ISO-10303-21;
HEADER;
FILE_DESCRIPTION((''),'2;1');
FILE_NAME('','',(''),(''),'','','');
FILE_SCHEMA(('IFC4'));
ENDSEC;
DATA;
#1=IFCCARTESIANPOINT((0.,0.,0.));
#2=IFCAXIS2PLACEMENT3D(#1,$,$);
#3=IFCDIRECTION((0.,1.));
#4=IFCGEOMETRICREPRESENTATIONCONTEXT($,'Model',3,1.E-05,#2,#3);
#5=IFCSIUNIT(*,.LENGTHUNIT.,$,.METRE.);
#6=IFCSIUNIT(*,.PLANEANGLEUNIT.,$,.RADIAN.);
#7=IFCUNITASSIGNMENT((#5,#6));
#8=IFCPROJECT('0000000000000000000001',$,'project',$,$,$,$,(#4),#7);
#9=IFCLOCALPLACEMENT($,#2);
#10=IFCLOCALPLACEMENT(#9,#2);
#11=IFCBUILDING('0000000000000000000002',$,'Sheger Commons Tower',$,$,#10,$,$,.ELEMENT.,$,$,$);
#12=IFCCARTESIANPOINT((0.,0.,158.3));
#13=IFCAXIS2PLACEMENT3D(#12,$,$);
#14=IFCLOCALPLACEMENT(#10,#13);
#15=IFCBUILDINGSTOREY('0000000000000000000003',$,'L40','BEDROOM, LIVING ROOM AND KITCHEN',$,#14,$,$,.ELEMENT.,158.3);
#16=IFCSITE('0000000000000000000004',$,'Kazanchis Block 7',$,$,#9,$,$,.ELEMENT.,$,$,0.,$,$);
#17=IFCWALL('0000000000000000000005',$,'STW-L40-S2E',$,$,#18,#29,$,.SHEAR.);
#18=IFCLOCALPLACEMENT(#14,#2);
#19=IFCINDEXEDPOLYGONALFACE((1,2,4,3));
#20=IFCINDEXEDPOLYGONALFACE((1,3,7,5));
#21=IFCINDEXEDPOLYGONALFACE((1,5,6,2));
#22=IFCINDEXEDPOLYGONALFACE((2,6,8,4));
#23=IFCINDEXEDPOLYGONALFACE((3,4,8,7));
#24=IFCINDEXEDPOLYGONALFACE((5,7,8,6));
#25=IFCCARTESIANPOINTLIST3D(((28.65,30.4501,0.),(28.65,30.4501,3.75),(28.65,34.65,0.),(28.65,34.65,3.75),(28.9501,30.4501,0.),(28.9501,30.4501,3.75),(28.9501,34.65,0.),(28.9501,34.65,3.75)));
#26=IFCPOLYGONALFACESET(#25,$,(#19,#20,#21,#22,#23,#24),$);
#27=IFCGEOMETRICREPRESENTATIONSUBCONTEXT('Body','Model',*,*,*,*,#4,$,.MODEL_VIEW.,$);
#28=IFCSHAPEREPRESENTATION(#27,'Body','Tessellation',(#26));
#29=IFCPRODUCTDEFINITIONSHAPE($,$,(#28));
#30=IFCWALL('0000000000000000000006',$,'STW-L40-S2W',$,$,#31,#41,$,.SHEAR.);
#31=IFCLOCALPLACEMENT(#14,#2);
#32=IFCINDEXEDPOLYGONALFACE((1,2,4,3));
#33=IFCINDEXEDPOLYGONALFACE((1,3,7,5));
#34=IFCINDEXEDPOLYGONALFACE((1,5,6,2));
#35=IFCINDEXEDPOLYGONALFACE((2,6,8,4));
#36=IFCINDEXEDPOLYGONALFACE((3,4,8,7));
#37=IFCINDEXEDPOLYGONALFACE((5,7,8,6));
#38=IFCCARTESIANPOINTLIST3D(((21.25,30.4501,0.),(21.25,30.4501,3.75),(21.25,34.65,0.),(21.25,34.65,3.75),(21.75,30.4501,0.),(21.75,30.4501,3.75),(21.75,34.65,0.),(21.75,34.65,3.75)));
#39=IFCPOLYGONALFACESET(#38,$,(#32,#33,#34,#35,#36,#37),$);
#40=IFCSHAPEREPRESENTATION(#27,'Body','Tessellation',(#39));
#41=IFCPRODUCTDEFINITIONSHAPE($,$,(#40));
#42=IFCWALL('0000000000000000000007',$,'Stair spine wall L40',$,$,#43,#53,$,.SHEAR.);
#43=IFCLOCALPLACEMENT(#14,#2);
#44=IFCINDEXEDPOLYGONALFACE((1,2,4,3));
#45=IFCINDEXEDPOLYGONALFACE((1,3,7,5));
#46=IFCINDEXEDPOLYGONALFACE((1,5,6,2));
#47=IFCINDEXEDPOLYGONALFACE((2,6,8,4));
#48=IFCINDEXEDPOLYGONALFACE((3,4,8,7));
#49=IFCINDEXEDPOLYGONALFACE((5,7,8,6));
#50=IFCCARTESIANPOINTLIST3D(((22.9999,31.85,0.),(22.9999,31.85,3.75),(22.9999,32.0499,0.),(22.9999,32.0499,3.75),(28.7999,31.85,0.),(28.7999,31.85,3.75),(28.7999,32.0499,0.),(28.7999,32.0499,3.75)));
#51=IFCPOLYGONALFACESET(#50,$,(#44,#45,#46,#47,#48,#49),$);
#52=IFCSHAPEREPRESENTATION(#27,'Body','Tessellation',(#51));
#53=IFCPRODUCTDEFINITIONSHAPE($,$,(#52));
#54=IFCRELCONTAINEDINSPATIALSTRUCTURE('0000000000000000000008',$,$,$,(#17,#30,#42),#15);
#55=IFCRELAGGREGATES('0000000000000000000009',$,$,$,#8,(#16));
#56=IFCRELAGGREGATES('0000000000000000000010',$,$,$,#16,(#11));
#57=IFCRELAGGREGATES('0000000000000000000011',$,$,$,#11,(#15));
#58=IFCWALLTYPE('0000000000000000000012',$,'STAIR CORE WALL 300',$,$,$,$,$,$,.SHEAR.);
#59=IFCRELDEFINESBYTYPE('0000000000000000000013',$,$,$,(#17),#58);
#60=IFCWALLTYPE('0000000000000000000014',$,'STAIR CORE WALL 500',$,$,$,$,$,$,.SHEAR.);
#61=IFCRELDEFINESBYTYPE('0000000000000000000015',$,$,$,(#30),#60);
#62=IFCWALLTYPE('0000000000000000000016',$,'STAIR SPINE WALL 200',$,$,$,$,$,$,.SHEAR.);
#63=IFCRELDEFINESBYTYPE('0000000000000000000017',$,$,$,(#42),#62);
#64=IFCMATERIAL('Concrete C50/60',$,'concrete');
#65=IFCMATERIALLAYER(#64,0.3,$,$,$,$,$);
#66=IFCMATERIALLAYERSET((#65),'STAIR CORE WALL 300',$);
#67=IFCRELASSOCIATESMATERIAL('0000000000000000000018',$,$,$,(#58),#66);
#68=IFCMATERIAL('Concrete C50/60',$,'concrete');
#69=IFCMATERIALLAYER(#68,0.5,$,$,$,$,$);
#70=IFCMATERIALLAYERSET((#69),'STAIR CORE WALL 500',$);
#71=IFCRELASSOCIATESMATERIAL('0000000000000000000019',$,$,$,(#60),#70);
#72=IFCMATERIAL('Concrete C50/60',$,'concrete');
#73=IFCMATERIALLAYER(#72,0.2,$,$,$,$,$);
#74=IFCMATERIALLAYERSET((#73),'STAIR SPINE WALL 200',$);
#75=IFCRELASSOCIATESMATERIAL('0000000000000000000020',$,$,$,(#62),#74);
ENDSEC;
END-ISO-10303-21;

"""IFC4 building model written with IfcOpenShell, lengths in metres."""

from ifc_helpers import new_model, si_unit, direction, frame, frame_2d, origin, place, context, subcontext, project, spatial, rectangle, extrude, material, layer, layer_set, type_object, element, save


model = new_model("IFC4")

# Units and contexts
model_context = context("Model", 3, precision=1e-05, world=origin(), true_north=direction((0.0, 1.0)))
body_context = subcontext(model_context, "Body", "Model", "MODEL_VIEW")
ifc_project = project(units=[si_unit("LENGTHUNIT", "METRE"), si_unit("PLANEANGLEUNIT", "RADIAN")], contexts=[model_context])

# Site, building, storey
site_placement = place(None, origin())
site = spatial("IfcSite", under=ifc_project, at=site_placement, Name="Kazanchis Block 7", CompositionType="ELEMENT", RefElevation=0.0)
building_placement = place(site_placement, origin())
building = spatial("IfcBuilding", under=site, at=building_placement, Name="Sheger Commons Tower", CompositionType="ELEMENT")
storey_placement = place(building_placement, frame((0.0, 0.0, 158.3)))
storey = spatial("IfcBuildingStorey", under=building, at=storey_placement, Name="L40", Description="BEDROOM, LIVING ROOM AND KITCHEN", CompositionType="ELEMENT", Elevation=158.3)

# Shared definitions
ifc_material_1 = material(Name="Concrete C50/60", Category="concrete")
ifc_layer_1 = layer(ifc_material_1, 0.3)
ifc_layer_set_1 = layer_set([ifc_layer_1], Name="STAIR CORE WALL 300")
wall_type_1 = type_object("IfcWallType", Name="STAIR CORE WALL 300", PredefinedType="SHEAR", material=ifc_layer_set_1)

# Walls
wall_1_placement = place(storey_placement, frame((28.8, 30.45, 0.0), z_axis=(0.0, 0.0, 1.0), x_axis=(0.0, 1.0, 0.0)))
element("IfcWall", 1, at=wall_1_placement, inside=storey, type_object=wall_type_1, Name="STW-L40-S2E", PredefinedType="SHEAR", context=body_context, shape_type="SweptSolid", body=[
    extrude(rectangle(XDim=4.2, YDim=0.3, at=frame_2d((2.1001, 0.0))), origin(), (0.0, 0.0, 1.0), 3.75),
])
ifc_material_2 = material(Name="Concrete C50/60", Category="concrete")
ifc_layer_2 = layer(ifc_material_2, 0.5)
ifc_layer_set_2 = layer_set([ifc_layer_2], Name="STAIR CORE WALL 500")
wall_type_2 = type_object("IfcWallType", Name="STAIR CORE WALL 500", PredefinedType="SHEAR", material=ifc_layer_set_2)
wall_2_placement = place(storey_placement, frame((21.5, 30.45, 0.0), z_axis=(0.0, 0.0, 1.0), x_axis=(0.0, 1.0, 0.0)))
element("IfcWall", 2, at=wall_2_placement, inside=storey, type_object=wall_type_2, Name="STW-L40-S2W", PredefinedType="SHEAR", context=body_context, shape_type="SweptSolid", body=[
    extrude(rectangle(XDim=4.2, YDim=0.5, at=frame_2d((2.1001, 0.0))), origin(), (0.0, 0.0, 1.0), 3.75),
])
ifc_material_3 = material(Name="Concrete C50/60", Category="concrete")
ifc_layer_3 = layer(ifc_material_3, 0.2)
ifc_layer_set_3 = layer_set([ifc_layer_3], Name="STAIR SPINE WALL 200")
wall_type_3 = type_object("IfcWallType", Name="STAIR SPINE WALL 200", PredefinedType="SHEAR", material=ifc_layer_set_3)
wall_3_placement = place(storey_placement, frame((23.0, 31.95, 0.0), z_axis=(0.0, 0.0, 1.0), x_axis=(1.0, 0.0, 0.0)))
element("IfcWall", 3, at=wall_3_placement, inside=storey, type_object=wall_type_3, Name="Stair spine wall L40", PredefinedType="SHEAR", context=body_context, shape_type="SweptSolid", body=[
    extrude(rectangle(XDim=5.8, YDim=0.2, at=frame_2d((2.8999, 0.0))), origin(), (0.0, 0.0, 1.0), 3.75),
])

save(model, "model.ifc")
